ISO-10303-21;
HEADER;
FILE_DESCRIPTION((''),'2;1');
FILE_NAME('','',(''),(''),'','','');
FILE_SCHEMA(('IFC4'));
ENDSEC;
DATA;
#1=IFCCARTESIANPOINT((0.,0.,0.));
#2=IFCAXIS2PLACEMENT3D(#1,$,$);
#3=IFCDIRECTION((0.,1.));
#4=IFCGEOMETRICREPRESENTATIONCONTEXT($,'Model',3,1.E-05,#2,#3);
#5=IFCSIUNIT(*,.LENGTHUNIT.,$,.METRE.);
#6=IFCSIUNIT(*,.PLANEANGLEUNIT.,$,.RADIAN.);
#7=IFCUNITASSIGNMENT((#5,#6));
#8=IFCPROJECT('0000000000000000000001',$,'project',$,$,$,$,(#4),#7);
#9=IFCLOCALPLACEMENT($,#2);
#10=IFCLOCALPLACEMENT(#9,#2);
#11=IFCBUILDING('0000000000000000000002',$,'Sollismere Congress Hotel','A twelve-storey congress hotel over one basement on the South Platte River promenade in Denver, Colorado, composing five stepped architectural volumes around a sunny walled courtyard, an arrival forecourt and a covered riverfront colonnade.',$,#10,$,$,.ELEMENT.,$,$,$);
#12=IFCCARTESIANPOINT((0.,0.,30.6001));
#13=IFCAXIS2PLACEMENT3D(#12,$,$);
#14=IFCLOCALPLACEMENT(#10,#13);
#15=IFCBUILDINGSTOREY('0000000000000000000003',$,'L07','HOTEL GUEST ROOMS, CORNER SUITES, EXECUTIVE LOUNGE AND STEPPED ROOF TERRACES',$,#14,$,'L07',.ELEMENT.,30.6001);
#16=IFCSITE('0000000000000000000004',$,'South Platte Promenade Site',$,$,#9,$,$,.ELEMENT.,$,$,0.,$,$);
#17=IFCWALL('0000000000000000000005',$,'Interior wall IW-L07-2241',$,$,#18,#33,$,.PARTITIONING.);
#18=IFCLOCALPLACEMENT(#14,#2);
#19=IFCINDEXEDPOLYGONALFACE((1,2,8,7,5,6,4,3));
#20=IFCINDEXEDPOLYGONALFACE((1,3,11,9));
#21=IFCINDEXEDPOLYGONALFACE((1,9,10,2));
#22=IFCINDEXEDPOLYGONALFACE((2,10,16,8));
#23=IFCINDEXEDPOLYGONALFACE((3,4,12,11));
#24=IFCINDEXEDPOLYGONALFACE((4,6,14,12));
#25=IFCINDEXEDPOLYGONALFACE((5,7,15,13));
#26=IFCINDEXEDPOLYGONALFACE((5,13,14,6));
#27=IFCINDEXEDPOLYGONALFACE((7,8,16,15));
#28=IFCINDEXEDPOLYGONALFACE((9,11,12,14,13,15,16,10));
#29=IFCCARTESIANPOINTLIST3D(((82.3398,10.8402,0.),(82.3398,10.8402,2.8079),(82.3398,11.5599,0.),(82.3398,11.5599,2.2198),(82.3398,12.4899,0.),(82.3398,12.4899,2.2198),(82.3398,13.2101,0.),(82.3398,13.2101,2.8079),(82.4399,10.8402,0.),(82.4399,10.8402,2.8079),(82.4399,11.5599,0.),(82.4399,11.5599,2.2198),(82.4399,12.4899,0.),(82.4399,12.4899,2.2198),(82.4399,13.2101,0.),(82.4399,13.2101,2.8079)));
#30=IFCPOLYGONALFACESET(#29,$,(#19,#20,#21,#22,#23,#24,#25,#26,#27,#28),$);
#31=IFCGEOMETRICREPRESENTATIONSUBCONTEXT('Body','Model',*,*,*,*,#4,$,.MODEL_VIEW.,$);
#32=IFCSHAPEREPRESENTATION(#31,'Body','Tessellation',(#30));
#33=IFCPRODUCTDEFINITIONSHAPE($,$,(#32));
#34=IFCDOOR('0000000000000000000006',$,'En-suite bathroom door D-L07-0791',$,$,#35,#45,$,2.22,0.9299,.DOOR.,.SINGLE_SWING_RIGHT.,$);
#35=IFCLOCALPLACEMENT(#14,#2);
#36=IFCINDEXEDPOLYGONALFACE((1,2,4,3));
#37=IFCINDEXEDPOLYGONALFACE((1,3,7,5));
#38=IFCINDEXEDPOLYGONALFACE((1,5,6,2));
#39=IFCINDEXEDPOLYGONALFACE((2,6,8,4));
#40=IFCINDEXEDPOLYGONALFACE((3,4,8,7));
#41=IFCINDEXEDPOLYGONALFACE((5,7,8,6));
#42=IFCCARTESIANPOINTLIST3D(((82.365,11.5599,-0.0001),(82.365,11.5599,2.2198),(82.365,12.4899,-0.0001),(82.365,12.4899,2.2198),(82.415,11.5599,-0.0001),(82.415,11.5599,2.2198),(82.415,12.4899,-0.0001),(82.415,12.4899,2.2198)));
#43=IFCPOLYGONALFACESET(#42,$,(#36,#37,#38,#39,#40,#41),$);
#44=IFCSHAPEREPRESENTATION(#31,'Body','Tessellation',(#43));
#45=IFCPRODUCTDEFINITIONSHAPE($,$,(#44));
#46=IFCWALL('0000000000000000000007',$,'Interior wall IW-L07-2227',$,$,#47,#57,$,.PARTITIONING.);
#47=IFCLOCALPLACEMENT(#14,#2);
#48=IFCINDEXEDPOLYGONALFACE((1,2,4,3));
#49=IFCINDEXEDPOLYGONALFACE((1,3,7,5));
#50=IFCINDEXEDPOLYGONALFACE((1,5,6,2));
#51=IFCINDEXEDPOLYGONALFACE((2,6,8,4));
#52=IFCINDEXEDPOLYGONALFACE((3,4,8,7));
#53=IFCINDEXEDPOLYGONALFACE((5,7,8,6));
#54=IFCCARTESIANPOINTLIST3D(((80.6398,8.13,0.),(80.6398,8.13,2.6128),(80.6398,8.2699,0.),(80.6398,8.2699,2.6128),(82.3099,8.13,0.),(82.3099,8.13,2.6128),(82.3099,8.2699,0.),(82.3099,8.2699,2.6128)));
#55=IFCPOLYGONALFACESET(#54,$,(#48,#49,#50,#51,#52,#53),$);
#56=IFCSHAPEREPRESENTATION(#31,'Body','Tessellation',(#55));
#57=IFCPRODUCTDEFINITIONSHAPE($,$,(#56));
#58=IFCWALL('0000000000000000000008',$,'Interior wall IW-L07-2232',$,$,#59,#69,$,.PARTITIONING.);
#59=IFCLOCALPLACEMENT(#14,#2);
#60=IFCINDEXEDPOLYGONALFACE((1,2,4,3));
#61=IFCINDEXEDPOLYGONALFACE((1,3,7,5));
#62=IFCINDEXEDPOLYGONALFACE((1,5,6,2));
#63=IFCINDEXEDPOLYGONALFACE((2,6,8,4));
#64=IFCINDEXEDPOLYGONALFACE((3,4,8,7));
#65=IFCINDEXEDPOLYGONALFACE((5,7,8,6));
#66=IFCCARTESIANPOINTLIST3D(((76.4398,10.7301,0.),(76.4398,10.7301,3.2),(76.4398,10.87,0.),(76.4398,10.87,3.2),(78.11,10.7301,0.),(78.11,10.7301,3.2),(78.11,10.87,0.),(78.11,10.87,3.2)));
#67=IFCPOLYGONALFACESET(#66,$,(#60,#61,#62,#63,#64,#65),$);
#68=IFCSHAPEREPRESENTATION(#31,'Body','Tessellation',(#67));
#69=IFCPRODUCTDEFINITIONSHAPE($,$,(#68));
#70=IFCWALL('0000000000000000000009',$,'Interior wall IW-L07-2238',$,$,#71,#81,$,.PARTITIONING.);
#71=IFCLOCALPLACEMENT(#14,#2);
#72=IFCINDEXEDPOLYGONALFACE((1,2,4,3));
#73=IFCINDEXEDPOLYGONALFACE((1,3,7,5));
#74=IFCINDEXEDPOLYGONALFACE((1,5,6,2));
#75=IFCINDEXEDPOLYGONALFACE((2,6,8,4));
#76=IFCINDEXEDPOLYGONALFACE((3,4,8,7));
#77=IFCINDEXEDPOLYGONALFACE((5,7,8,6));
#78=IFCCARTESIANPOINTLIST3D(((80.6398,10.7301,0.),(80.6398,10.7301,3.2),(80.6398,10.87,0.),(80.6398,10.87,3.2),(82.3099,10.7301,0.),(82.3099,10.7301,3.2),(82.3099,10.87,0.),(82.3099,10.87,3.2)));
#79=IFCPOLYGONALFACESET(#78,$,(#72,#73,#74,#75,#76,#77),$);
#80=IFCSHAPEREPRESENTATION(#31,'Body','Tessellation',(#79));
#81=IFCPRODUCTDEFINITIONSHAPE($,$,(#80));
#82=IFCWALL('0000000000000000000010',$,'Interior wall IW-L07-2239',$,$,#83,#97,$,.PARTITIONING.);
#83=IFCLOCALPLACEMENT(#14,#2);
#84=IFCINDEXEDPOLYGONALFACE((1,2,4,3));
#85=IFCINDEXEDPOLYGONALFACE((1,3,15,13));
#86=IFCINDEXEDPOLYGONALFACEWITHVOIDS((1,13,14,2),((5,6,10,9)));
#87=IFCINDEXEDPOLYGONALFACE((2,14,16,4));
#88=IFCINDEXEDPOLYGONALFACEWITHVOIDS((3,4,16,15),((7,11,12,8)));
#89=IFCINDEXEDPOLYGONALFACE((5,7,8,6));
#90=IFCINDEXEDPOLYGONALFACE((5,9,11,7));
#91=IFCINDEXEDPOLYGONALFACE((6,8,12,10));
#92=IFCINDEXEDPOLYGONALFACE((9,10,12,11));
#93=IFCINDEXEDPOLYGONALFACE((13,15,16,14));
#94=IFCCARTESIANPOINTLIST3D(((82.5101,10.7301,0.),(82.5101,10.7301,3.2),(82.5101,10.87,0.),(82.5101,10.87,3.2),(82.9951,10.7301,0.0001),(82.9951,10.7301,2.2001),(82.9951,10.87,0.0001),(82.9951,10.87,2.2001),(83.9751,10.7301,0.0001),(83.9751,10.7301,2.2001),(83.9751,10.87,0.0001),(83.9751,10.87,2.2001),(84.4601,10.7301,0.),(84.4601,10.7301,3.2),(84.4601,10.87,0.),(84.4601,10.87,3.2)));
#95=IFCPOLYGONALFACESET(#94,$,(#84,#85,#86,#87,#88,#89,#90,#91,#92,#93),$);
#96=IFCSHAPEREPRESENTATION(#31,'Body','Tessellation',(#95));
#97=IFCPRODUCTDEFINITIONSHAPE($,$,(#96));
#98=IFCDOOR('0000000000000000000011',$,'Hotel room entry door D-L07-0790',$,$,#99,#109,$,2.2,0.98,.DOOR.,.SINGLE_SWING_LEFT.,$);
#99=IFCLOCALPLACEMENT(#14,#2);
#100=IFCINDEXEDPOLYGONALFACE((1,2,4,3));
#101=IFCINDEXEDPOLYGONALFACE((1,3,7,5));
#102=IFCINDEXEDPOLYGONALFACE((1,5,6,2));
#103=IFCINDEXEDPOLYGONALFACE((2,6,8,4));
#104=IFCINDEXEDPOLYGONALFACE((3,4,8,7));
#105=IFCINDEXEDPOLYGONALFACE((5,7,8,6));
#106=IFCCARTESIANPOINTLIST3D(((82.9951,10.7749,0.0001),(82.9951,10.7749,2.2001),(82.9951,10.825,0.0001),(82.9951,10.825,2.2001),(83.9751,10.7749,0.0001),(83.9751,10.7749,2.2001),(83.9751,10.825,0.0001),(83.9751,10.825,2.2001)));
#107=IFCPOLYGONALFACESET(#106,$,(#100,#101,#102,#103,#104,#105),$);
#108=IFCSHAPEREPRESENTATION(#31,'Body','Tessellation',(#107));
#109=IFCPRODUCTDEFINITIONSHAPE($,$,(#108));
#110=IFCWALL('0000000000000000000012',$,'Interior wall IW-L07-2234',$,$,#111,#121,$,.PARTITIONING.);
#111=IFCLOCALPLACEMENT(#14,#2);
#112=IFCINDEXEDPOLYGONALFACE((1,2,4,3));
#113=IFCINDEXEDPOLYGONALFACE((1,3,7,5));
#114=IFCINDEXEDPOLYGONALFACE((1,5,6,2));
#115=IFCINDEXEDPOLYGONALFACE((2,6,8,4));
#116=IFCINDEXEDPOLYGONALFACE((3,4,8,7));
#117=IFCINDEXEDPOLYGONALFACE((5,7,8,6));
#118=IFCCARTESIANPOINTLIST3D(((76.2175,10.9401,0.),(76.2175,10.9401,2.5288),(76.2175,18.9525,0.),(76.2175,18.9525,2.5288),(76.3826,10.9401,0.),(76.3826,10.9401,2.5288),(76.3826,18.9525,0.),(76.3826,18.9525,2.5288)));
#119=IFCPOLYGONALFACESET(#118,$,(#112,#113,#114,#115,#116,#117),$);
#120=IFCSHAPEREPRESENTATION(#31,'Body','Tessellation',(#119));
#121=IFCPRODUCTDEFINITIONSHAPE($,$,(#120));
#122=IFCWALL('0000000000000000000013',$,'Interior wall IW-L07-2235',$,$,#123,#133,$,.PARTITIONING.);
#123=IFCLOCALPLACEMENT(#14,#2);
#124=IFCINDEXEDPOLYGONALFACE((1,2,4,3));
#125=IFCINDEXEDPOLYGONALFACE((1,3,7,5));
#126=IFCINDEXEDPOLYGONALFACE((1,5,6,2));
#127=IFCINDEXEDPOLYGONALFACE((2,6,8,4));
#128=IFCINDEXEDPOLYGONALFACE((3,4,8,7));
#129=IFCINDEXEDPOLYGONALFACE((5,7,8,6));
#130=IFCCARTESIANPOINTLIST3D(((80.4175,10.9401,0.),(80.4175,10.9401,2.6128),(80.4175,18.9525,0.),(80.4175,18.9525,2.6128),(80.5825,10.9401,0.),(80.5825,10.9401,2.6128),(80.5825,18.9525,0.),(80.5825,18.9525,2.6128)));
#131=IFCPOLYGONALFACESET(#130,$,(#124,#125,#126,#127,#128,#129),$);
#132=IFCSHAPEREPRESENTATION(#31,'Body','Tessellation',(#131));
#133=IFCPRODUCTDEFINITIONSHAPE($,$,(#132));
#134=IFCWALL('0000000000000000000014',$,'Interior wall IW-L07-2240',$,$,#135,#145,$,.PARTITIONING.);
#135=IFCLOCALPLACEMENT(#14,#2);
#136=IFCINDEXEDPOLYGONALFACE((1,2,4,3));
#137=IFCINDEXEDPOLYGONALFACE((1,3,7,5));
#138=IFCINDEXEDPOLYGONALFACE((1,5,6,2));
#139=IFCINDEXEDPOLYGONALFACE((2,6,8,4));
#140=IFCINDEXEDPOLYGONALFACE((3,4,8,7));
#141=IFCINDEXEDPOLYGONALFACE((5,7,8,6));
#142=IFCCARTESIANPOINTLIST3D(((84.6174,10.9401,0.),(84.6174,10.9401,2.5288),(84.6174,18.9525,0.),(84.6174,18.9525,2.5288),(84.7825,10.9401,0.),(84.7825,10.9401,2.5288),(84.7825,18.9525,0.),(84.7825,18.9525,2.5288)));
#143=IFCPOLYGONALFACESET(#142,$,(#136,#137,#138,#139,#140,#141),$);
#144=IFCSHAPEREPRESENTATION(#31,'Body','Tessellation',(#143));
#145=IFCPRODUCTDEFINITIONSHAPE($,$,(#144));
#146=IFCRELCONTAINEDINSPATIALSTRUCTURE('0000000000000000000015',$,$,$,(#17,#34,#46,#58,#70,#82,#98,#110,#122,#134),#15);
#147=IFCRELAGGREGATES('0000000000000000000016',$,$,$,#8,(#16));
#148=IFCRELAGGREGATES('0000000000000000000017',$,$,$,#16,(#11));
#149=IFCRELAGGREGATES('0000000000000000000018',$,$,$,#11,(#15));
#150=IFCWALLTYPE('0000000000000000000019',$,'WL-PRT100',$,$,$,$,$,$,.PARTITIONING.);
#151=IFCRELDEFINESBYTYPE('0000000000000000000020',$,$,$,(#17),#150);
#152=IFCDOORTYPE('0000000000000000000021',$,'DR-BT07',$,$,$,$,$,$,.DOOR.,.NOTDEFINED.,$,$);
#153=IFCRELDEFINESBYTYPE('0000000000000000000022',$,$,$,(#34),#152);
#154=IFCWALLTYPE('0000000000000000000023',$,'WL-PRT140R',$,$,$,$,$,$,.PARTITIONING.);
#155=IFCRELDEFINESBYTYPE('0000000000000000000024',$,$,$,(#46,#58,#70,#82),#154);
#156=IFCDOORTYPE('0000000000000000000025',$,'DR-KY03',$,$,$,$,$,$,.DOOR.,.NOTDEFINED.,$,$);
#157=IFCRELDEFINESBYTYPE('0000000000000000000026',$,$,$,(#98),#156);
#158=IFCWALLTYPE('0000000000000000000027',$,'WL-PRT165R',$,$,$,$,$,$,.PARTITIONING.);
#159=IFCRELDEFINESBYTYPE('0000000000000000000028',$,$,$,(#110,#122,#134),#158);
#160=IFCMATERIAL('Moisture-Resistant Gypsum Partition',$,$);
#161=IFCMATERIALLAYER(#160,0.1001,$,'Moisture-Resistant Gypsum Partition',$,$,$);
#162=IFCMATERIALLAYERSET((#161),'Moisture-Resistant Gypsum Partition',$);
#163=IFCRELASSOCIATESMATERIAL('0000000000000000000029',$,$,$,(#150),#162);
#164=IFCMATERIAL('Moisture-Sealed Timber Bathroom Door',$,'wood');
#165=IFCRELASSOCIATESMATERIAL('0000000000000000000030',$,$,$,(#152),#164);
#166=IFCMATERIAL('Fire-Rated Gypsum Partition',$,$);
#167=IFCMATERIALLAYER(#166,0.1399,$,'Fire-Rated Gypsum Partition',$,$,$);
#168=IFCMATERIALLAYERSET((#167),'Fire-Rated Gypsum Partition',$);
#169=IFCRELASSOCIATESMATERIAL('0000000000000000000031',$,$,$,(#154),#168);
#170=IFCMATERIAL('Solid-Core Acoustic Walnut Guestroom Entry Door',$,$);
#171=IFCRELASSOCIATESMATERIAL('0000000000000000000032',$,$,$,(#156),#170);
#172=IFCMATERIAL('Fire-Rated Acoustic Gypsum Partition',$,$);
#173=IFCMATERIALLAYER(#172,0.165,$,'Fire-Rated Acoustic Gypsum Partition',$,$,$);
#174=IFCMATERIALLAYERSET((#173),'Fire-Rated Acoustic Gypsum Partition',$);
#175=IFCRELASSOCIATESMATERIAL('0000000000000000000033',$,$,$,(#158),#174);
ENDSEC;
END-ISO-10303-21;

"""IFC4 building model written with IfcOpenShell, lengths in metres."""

from ifc_helpers import new_model, si_unit, direction, frame, frame_2d, origin, place, context, subcontext, project, spatial, rectangle, extrude, material, layer, layer_set, type_object, element, fill, save


model = new_model("IFC4")

# Units and contexts
model_context = context("Model", 3, precision=1e-05, world=origin(), true_north=direction((0.0, 1.0)))
body_context = subcontext(model_context, "Body", "Model", "MODEL_VIEW")
ifc_project = project(units=[si_unit("LENGTHUNIT", "METRE"), si_unit("PLANEANGLEUNIT", "RADIAN")], contexts=[model_context])

# Site, building, storey
site_placement = place(None, origin())
site = spatial("IfcSite", under=ifc_project, at=site_placement, Name="South Platte Promenade Site", CompositionType="ELEMENT", RefElevation=0.0)
building_placement = place(site_placement, origin())
building = spatial("IfcBuilding", under=site, at=building_placement, Name="Sollismere Congress Hotel", Description="A twelve-storey congress hotel over one basement on the South Platte River promenade in Denver, Colorado, composing five stepped architectural volumes around a sunny walled courtyard, an arrival forecourt and a covered riverfront colonnade.", CompositionType="ELEMENT")
storey_placement = place(building_placement, frame((0.0, 0.0, 30.6001)))
storey = spatial("IfcBuildingStorey", under=building, at=storey_placement, Name="L07", Description="HOTEL GUEST ROOMS, CORNER SUITES, EXECUTIVE LOUNGE AND STEPPED ROOF TERRACES", LongName="L07", CompositionType="ELEMENT", Elevation=30.6001)

# Wall, opening, door
ifc_material_1 = material(Name="Moisture-Resistant Gypsum Partition")
ifc_layer_1 = layer(ifc_material_1, 0.1001, Name="Moisture-Resistant Gypsum Partition")
ifc_layer_set_1 = layer_set([ifc_layer_1], Name="Moisture-Resistant Gypsum Partition")
wall_type_1 = type_object("IfcWallType", Name="WL-PRT100", PredefinedType="PARTITIONING", material=ifc_layer_set_1)
ifc_material_2 = material(Name="Moisture-Sealed Timber Bathroom Door", Category="wood")
wall_1_placement = place(storey_placement, frame((82.3899, 10.8401, 0.0), z_axis=(0.0, 0.0, 1.0), x_axis=(0.0, 1.0, 0.0)))
wall_1 = element("IfcWall", 1, at=wall_1_placement, inside=storey, type_object=wall_type_1, Name="Interior wall IW-L07-2241", PredefinedType="PARTITIONING", context=body_context, shape_type="SweptSolid", body=[
    extrude(rectangle(XDim=2.3699, YDim=0.1001, at=frame_2d((1.1851, 0.0))), origin(), (0.0, 0.0, 1.0), 2.8079),
])
opening_1_placement = place(wall_1_placement, frame((0.72, 0.0, 0.0)))
opening_1 = element("IfcOpeningElement", 2, at=opening_1_placement, cuts=wall_1, PredefinedType="OPENING", context=body_context, shape_type="SweptSolid", body=[
    extrude(rectangle(XDim=0.9299, YDim=2.22, at=frame_2d((0.4648, 1.1099))), frame((0.0, 0.0601, 0.0), z_axis=(0.0, -1.0, 0.0), x_axis=(1.0, 0.0, 0.0)), (0.0, 0.0, 1.0), 0.1201),
])
door_type_1 = type_object("IfcDoorType", Name="DR-BT07", OperationType="NOTDEFINED", PredefinedType="DOOR", material=ifc_material_2)
door_1_placement = place(opening_1_placement, origin())
door_1 = element("IfcDoor", 3, at=door_1_placement, inside=storey, type_object=door_type_1, Name="En-suite bathroom door D-L07-0791", OperationType="SINGLE_SWING_RIGHT", OverallHeight=2.22, OverallWidth=0.9299, PredefinedType="DOOR", context=body_context, shape_type="SweptSolid", body=[
    extrude(rectangle(XDim=0.9299, YDim=2.22, at=frame_2d((0.4648, 1.1099))), frame((0.0, 0.0249, 0.0), z_axis=(0.0, -1.0, 0.0), x_axis=(1.0, 0.0, 0.0)), (0.0, 0.0, 1.0), 0.05),
])
fill(opening_1, door_1)

# Wall
ifc_material_3 = material(Name="Fire-Rated Gypsum Partition")
ifc_layer_2 = layer(ifc_material_3, 0.1399, Name="Fire-Rated Gypsum Partition")
ifc_layer_set_2 = layer_set([ifc_layer_2], Name="Fire-Rated Gypsum Partition")
wall_type_2 = type_object("IfcWallType", Name="WL-PRT140R", PredefinedType="PARTITIONING", material=ifc_layer_set_2)
wall_2_placement = place(storey_placement, frame((80.6399, 8.2, 0.0), z_axis=(0.0, 0.0, 1.0), x_axis=(1.0, 0.0, 0.0)))
element("IfcWall", 4, at=wall_2_placement, inside=storey, type_object=wall_type_2, Name="Interior wall IW-L07-2227", PredefinedType="PARTITIONING", context=body_context, shape_type="SweptSolid", body=[
    extrude(rectangle(XDim=1.6702, YDim=0.1399, at=frame_2d((0.835, 0.0))), origin(), (0.0, 0.0, 1.0), 2.6128),
])

# Shared definitions
ifc_material_4 = material(Name="Solid-Core Acoustic Walnut Guestroom Entry Door")

# Wall
wall_3_placement = place(storey_placement, frame((76.4399, 10.8, 0.0), z_axis=(0.0, 0.0, 1.0), x_axis=(1.0, 0.0, 0.0)))
element("IfcWall", 5, at=wall_3_placement, inside=storey, type_object=wall_type_2, Name="Interior wall IW-L07-2232", PredefinedType="PARTITIONING", context=body_context, shape_type="SweptSolid", body=[
    extrude(rectangle(XDim=1.6702, YDim=0.1399, at=frame_2d((0.835, 0.0))), origin(), (0.0, 0.0, 1.0), 3.2),
])

# Wall
wall_4_placement = place(storey_placement, frame((80.6399, 10.8, 0.0), z_axis=(0.0, 0.0, 1.0), x_axis=(1.0, 0.0, 0.0)))
element("IfcWall", 6, at=wall_4_placement, inside=storey, type_object=wall_type_2, Name="Interior wall IW-L07-2238", PredefinedType="PARTITIONING", context=body_context, shape_type="SweptSolid", body=[
    extrude(rectangle(XDim=1.6702, YDim=0.1399, at=frame_2d((0.835, 0.0))), origin(), (0.0, 0.0, 1.0), 3.2),
])

# Wall, opening, door
wall_5_placement = place(storey_placement, frame((82.51, 10.8, 0.0), z_axis=(0.0, 0.0, 1.0), x_axis=(1.0, 0.0, 0.0)))
wall_5 = element("IfcWall", 7, at=wall_5_placement, inside=storey, type_object=wall_type_2, Name="Interior wall IW-L07-2239", PredefinedType="PARTITIONING", context=body_context, shape_type="SweptSolid", body=[
    extrude(rectangle(XDim=1.95, YDim=0.1399, at=frame_2d((0.9751, 0.0))), origin(), (0.0, 0.0, 1.0), 3.2),
])
opening_2_placement = place(wall_5_placement, frame((0.4851, 0.0, 0.0)))
opening_2 = element("IfcOpeningElement", 8, at=opening_2_placement, cuts=wall_5, PredefinedType="OPENING", context=body_context, shape_type="SweptSolid", body=[
    extrude(rectangle(XDim=0.98, YDim=2.2, at=frame_2d((0.49, 1.1001))), frame((0.0, 0.0798, 0.0), z_axis=(0.0, -1.0, 0.0), x_axis=(1.0, 0.0, 0.0)), (0.0, 0.0, 1.0), 0.1599),
])
door_type_2 = type_object("IfcDoorType", Name="DR-KY03", OperationType="NOTDEFINED", PredefinedType="DOOR", material=ifc_material_4)
door_2_placement = place(opening_2_placement, origin())
door_2 = element("IfcDoor", 9, at=door_2_placement, inside=storey, type_object=door_type_2, Name="Hotel room entry door D-L07-0790", OperationType="SINGLE_SWING_LEFT", OverallHeight=2.2, OverallWidth=0.98, PredefinedType="DOOR", context=body_context, shape_type="SweptSolid", body=[
    extrude(rectangle(XDim=0.98, YDim=2.2, at=frame_2d((0.49, 1.1001))), frame((0.0, 0.0249, 0.0), z_axis=(0.0, -1.0, 0.0), x_axis=(1.0, 0.0, 0.0)), (0.0, 0.0, 1.0), 0.05),
])
fill(opening_2, door_2)

# Walls
ifc_material_5 = material(Name="Fire-Rated Acoustic Gypsum Partition")
ifc_layer_3 = layer(ifc_material_5, 0.165, Name="Fire-Rated Acoustic Gypsum Partition")
ifc_layer_set_3 = layer_set([ifc_layer_3], Name="Fire-Rated Acoustic Gypsum Partition")
wall_type_3 = type_object("IfcWallType", Name="WL-PRT165R", PredefinedType="PARTITIONING", material=ifc_layer_set_3)
wall_6_placement = place(storey_placement, frame((76.3, 10.9399, 0.0), z_axis=(0.0, 0.0, 1.0), x_axis=(0.0, 1.0, 0.0)))
element("IfcWall", 10, at=wall_6_placement, inside=storey, type_object=wall_type_3, Name="Interior wall IW-L07-2234", PredefinedType="PARTITIONING", context=body_context, shape_type="SweptSolid", body=[
    extrude(rectangle(XDim=8.0125, YDim=0.165, at=frame_2d((4.0063, 0.0))), origin(), (0.0, 0.0, 1.0), 2.5288),
])
wall_7_placement = place(storey_placement, frame((80.5, 10.9399, 0.0), z_axis=(0.0, 0.0, 1.0), x_axis=(0.0, 1.0, 0.0)))
element("IfcWall", 11, at=wall_7_placement, inside=storey, type_object=wall_type_3, Name="Interior wall IW-L07-2235", PredefinedType="PARTITIONING", context=body_context, shape_type="SweptSolid", body=[
    extrude(rectangle(XDim=8.0125, YDim=0.165, at=frame_2d((4.0063, 0.0))), origin(), (0.0, 0.0, 1.0), 2.6128),
])
wall_8_placement = place(storey_placement, frame((84.7, 10.9399, 0.0), z_axis=(0.0, 0.0, 1.0), x_axis=(0.0, 1.0, 0.0)))
element("IfcWall", 12, at=wall_8_placement, inside=storey, type_object=wall_type_3, Name="Interior wall IW-L07-2240", PredefinedType="PARTITIONING", context=body_context, shape_type="SweptSolid", body=[
    extrude(rectangle(XDim=8.0125, YDim=0.165, at=frame_2d((4.0063, 0.0))), origin(), (0.0, 0.0, 1.0), 2.5288),
])

save(model, "model.ifc")
